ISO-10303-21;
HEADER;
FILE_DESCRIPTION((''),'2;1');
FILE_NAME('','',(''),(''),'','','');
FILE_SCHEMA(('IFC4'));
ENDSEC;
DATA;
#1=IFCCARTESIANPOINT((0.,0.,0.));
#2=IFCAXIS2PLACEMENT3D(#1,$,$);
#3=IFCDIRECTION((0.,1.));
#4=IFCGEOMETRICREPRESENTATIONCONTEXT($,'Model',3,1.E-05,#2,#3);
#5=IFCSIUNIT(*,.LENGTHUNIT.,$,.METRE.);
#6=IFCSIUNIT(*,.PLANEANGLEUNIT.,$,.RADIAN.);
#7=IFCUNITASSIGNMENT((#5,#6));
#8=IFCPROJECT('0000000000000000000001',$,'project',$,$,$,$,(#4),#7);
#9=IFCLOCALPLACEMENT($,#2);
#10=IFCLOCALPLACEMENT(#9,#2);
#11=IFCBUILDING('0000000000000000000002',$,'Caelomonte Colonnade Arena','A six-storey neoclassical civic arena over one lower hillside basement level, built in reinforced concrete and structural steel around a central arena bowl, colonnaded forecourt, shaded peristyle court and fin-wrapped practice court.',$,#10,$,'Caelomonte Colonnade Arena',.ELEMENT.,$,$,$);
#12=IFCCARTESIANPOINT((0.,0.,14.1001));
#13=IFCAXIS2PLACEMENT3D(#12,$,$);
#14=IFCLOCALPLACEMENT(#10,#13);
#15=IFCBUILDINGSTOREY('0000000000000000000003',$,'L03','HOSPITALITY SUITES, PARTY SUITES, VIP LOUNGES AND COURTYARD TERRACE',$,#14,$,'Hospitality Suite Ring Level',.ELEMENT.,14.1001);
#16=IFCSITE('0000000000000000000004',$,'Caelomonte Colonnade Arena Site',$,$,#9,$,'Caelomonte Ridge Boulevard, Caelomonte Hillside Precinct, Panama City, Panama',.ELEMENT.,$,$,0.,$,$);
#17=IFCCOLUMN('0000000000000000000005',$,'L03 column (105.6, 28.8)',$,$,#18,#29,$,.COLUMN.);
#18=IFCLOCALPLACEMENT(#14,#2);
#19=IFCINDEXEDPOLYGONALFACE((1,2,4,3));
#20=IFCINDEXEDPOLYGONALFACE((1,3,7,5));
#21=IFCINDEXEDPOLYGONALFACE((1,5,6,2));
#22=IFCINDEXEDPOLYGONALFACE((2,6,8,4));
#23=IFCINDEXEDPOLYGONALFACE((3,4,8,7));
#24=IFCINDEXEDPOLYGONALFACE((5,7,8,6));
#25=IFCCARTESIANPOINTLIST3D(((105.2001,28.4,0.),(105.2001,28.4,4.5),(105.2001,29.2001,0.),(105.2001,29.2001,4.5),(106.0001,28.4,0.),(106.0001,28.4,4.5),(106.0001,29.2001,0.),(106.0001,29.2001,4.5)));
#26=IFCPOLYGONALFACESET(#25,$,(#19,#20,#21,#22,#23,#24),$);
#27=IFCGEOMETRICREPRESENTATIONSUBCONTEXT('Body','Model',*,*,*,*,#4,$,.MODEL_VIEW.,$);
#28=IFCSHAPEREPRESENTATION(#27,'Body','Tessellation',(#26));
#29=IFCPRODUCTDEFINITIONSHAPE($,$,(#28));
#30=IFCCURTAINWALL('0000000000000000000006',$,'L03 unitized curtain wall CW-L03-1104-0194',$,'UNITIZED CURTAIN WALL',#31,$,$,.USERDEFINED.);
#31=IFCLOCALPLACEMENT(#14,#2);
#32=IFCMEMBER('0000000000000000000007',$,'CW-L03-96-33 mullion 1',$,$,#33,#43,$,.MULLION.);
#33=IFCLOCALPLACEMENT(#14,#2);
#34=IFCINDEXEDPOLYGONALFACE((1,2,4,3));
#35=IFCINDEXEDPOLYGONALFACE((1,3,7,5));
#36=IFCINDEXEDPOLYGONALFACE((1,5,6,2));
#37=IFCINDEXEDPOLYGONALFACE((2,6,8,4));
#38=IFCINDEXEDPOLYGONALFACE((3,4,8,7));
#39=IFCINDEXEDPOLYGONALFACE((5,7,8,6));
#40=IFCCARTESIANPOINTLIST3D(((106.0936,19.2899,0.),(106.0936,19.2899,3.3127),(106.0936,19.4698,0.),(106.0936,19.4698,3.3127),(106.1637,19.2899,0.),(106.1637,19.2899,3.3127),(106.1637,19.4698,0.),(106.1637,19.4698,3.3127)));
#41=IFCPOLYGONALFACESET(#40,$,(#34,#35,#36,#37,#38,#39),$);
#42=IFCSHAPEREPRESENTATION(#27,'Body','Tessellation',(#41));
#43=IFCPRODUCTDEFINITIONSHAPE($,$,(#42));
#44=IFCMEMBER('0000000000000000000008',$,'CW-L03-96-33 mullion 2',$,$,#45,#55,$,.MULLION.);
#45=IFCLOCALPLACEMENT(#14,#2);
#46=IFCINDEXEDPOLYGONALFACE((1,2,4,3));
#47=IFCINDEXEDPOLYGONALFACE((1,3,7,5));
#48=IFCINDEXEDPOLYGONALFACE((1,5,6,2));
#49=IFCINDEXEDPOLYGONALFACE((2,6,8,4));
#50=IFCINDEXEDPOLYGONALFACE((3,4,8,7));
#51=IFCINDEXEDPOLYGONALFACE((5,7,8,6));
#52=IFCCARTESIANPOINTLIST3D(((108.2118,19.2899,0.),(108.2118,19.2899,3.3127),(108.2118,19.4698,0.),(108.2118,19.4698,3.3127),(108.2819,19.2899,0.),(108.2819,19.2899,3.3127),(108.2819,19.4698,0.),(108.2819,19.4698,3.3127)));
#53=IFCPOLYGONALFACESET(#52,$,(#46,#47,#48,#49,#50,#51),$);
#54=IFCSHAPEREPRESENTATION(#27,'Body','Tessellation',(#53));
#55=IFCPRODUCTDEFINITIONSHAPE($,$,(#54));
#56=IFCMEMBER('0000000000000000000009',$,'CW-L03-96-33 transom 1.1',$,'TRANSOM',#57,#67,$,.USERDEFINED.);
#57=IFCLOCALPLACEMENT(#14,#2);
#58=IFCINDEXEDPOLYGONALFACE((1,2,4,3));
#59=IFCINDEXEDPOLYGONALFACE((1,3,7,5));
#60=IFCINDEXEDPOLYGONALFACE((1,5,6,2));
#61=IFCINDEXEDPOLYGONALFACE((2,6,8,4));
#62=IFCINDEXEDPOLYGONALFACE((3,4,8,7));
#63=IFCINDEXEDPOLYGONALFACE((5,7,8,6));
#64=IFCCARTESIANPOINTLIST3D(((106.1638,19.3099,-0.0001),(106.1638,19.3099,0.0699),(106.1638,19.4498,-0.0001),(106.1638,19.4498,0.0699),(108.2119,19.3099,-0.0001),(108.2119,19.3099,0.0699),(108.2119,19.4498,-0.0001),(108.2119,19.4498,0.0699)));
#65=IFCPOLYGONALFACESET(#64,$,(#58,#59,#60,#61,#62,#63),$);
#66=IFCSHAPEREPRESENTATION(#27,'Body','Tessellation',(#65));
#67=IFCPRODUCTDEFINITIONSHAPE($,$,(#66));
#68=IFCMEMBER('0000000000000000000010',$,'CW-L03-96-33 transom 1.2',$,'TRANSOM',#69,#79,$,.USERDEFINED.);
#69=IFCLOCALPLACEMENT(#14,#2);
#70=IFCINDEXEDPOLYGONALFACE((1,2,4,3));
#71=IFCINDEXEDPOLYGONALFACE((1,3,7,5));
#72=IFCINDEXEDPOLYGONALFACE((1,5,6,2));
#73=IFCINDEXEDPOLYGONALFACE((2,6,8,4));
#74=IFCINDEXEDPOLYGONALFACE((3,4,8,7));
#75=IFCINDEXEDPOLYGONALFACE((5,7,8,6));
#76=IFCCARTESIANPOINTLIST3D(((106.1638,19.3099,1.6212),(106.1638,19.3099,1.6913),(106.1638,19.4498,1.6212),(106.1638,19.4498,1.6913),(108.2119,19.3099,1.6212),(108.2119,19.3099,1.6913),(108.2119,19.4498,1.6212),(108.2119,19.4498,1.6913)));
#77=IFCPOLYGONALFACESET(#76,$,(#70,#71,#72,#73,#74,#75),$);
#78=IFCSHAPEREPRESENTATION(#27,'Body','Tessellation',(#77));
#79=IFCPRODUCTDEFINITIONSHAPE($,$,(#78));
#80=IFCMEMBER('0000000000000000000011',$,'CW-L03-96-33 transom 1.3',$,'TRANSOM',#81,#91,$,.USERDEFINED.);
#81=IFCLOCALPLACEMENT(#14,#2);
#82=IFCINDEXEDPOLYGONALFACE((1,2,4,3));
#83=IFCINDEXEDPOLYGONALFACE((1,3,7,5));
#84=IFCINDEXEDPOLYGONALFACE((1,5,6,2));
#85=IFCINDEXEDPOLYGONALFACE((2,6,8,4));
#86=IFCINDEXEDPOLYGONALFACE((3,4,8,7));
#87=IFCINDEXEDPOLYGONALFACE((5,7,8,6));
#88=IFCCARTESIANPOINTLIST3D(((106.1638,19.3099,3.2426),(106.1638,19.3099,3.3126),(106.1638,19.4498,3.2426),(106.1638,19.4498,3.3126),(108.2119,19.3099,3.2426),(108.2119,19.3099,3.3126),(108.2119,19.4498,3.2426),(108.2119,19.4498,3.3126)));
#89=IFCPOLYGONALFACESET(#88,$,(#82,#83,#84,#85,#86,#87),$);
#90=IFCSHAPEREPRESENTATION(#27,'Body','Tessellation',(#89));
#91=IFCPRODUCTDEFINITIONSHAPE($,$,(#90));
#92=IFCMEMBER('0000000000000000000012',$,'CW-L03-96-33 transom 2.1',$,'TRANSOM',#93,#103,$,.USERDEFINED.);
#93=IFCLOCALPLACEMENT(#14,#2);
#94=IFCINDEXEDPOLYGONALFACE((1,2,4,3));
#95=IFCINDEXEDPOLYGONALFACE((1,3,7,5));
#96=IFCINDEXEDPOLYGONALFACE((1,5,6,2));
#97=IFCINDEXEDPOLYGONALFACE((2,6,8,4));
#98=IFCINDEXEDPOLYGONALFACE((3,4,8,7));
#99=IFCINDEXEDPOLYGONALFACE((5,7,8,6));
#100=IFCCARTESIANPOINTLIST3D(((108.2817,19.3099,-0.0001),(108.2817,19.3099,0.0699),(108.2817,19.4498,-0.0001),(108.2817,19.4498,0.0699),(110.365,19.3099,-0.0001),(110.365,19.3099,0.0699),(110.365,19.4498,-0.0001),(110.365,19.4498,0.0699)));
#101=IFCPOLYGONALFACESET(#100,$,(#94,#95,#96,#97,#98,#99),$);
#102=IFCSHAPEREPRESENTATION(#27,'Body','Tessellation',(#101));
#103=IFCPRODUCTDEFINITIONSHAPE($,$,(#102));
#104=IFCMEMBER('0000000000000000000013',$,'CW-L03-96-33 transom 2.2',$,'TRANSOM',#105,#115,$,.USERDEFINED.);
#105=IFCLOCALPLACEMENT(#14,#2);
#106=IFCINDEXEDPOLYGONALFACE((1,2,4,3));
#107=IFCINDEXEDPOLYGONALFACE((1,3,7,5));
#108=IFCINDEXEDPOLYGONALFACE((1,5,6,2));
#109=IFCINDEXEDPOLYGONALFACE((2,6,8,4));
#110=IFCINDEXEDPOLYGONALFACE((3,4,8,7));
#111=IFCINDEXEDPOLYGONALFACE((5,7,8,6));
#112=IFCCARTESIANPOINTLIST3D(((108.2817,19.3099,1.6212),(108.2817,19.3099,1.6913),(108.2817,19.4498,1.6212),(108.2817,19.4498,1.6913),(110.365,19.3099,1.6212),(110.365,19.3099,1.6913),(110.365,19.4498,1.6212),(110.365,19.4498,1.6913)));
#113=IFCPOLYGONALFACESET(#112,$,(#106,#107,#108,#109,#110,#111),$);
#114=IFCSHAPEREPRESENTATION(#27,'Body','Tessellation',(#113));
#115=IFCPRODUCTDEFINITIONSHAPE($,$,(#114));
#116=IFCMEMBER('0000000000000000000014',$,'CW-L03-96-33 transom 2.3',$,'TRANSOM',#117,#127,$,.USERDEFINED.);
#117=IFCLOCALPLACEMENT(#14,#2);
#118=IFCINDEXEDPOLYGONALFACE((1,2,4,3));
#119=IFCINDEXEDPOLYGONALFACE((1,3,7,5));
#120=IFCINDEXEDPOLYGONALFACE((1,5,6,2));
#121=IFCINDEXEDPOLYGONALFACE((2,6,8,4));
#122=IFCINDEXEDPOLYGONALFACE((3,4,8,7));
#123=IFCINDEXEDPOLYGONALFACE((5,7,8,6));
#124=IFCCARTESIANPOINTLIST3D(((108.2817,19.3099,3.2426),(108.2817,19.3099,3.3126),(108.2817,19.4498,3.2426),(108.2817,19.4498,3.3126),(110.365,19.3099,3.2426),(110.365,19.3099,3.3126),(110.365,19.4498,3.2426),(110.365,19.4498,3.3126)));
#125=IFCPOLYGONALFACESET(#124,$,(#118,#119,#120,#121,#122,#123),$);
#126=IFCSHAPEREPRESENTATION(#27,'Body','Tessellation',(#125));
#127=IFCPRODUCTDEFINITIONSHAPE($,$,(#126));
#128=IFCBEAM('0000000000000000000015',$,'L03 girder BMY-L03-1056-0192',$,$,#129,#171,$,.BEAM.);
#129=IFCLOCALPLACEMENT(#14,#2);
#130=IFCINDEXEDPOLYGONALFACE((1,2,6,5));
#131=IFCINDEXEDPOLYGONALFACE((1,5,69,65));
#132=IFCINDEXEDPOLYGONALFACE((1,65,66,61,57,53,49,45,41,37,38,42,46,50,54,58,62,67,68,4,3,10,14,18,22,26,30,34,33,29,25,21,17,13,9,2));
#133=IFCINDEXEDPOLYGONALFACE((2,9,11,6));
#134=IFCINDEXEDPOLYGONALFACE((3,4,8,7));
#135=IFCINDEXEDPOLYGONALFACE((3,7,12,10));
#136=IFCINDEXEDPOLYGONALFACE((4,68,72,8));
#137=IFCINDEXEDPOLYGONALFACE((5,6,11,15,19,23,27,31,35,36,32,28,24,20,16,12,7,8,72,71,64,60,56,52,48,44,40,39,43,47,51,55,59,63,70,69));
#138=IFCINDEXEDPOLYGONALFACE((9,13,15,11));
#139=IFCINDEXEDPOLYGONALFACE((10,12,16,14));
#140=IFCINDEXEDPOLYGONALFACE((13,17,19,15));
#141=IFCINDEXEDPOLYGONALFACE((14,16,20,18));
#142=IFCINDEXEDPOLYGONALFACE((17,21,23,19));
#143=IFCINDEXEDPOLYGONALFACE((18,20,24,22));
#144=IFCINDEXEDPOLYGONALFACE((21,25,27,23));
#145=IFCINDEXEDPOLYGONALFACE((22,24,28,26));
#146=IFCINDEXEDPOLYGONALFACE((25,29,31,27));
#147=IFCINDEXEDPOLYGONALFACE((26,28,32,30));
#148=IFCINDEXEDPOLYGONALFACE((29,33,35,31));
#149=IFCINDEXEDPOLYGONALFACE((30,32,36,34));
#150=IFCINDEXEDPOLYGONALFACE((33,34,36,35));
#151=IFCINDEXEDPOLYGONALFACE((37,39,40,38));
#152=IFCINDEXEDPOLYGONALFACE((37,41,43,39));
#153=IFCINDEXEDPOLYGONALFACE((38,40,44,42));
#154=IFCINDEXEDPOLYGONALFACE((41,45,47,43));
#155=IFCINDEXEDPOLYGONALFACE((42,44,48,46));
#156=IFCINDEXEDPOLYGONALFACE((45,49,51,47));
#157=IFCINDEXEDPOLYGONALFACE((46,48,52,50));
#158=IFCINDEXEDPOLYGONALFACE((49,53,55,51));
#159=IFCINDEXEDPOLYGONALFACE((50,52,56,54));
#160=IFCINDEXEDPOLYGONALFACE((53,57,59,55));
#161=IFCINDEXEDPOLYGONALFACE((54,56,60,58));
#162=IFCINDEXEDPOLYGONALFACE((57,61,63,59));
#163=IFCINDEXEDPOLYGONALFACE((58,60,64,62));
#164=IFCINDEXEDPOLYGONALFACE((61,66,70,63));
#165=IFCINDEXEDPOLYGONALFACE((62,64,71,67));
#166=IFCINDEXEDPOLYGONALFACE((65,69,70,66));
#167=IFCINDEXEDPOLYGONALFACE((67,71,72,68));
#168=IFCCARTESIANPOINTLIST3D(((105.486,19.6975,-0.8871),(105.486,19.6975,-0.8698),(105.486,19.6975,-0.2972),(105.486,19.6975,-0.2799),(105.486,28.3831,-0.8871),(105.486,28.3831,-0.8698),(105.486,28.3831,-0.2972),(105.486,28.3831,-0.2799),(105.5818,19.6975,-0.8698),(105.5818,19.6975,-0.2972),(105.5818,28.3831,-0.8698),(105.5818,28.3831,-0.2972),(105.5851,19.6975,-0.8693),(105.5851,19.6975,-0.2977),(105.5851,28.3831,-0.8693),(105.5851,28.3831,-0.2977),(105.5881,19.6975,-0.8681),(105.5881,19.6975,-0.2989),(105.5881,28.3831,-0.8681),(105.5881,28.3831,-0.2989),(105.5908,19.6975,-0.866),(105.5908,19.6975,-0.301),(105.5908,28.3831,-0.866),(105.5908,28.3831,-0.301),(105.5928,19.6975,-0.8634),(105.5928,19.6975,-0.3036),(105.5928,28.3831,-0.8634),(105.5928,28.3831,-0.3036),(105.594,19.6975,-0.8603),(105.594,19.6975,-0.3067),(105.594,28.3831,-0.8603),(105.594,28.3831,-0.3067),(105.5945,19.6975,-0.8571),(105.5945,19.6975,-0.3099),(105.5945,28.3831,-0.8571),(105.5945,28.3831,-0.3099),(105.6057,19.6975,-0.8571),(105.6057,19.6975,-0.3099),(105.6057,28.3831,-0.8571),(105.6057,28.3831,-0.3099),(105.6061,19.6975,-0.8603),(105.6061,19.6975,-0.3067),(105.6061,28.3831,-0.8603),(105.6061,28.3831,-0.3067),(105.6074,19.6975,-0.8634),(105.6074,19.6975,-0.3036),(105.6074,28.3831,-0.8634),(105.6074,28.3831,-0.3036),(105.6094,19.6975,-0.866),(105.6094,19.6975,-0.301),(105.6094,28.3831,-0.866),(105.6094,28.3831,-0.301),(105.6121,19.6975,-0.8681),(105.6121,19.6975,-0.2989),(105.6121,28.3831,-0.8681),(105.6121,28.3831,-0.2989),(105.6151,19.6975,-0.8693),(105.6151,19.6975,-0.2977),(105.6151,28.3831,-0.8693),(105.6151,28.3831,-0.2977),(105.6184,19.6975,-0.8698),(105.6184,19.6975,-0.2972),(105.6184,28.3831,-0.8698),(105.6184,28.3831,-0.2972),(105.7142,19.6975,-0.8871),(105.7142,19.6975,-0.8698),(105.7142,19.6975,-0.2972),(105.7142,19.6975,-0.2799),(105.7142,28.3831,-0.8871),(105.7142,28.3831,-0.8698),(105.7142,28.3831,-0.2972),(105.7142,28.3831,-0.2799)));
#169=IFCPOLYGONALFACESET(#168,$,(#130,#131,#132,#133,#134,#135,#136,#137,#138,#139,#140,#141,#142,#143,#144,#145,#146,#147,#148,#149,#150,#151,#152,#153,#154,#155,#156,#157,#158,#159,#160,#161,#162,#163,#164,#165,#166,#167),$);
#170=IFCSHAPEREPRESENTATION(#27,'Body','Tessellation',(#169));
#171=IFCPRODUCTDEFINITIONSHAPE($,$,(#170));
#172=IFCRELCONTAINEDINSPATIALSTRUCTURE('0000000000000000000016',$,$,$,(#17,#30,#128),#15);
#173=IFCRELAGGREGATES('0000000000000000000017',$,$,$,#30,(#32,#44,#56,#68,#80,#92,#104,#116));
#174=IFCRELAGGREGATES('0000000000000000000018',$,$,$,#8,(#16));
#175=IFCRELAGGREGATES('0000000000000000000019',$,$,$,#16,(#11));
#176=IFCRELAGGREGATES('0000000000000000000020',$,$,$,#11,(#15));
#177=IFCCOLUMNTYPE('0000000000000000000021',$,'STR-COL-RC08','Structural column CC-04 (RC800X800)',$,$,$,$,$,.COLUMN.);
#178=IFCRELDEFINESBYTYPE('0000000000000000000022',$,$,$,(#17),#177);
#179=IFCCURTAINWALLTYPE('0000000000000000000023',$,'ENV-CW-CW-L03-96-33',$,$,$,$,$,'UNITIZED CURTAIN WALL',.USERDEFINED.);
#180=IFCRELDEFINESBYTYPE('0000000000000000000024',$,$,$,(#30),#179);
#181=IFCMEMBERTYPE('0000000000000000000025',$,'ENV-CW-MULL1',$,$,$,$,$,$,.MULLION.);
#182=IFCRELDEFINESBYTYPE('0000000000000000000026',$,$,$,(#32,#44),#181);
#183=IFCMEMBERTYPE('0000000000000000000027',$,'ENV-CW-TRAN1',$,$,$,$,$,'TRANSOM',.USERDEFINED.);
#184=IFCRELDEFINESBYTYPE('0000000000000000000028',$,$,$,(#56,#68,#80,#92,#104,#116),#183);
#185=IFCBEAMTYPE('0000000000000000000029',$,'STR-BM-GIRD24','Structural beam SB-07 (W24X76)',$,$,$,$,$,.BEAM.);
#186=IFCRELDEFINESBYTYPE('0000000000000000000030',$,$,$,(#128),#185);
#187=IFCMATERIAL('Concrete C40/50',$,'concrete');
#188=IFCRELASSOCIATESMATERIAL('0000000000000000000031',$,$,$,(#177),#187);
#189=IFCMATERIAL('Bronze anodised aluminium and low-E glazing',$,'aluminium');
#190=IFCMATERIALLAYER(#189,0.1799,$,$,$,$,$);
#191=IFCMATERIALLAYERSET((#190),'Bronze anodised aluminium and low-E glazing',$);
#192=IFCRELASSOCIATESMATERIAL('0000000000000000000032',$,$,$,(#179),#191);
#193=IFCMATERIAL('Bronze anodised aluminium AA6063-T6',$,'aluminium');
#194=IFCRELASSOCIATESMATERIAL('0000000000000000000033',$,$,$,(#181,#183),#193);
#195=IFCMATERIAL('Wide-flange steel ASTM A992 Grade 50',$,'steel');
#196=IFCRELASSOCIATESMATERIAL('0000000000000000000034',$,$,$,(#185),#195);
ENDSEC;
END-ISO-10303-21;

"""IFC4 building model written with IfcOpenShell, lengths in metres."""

from ifc_helpers import new_model, si_unit, direction, frame, origin, origin_2d, place, context, subcontext, project, spatial, rectangle, i_section, extrude, material, layer, layer_set, material_profile, profile_set, type_object, element, aggregate, save


model = new_model("IFC4")

# Units and contexts
model_context = context("Model", 3, precision=1e-05, world=origin(), true_north=direction((0.0, 1.0)))
body_context = subcontext(model_context, "Body", "Model", "MODEL_VIEW")
ifc_project = project(units=[si_unit("LENGTHUNIT", "METRE"), si_unit("PLANEANGLEUNIT", "RADIAN")], contexts=[model_context])

# Site, building, storey
site_placement = place(None, origin())
site = spatial("IfcSite", under=ifc_project, at=site_placement, Name="Caelomonte Colonnade Arena Site", LongName="Caelomonte Ridge Boulevard, Caelomonte Hillside Precinct, Panama City, Panama", CompositionType="ELEMENT", RefElevation=0.0)
building_placement = place(site_placement, origin())
building = spatial("IfcBuilding", under=site, at=building_placement, Name="Caelomonte Colonnade Arena", Description="A six-storey neoclassical civic arena over one lower hillside basement level, built in reinforced concrete and structural steel around a central arena bowl, colonnaded forecourt, shaded peristyle court and fin-wrapped practice court.", LongName="Caelomonte Colonnade Arena", CompositionType="ELEMENT")
storey_placement = place(building_placement, frame((0.0, 0.0, 14.1001)))
storey = spatial("IfcBuildingStorey", under=building, at=storey_placement, Name="L03", Description="HOSPITALITY SUITES, PARTY SUITES, VIP LOUNGES AND COURTYARD TERRACE", LongName="Hospitality Suite Ring Level", CompositionType="ELEMENT", Elevation=14.1001)

# Column
ifc_material_1 = material(Name="Concrete C40/50", Category="concrete")
ifc_material_profile_1 = material_profile(ifc_material_1, rectangle(XDim=0.8, YDim=0.8, at=origin_2d()), Name="RC800X800")
ifc_profile_set_1 = profile_set([ifc_material_profile_1], Name="Concrete C40/50")
column_type = type_object("IfcColumnType", Name="STR-COL-RC08", Description="Structural column CC-04 (RC800X800)", PredefinedType="COLUMN", material=ifc_profile_set_1)
column_placement = place(storey_placement, frame((105.6001, 28.8, 0.0), z_axis=(0.0, 0.0, 1.0), x_axis=(1.0, 0.0, 0.0)))
element("IfcColumn", 1, at=column_placement, inside=storey, type_object=column_type, Name="L03 column (105.6, 28.8)", PredefinedType="COLUMN", context=body_context, shape_type="SweptSolid", body=[
    extrude(rectangle(XDim=0.8, YDim=0.8, at=origin_2d()), origin(), (0.0, 0.0, 1.0), 4.5),
])

# Curtain wall, members
ifc_material_2 = material(Name="Bronze anodised aluminium and low-E glazing", Category="aluminium")
ifc_layer_1 = layer(ifc_material_2, 0.1799)
ifc_layer_set_1 = layer_set([ifc_layer_1], Name="Bronze anodised aluminium and low-E glazing")
curtain_wall_type = type_object("IfcCurtainWallType", Name="ENV-CW-CW-L03-96-33", ElementType="UNITIZED CURTAIN WALL", PredefinedType="USERDEFINED", material=ifc_layer_set_1)
curtain_wall_placement = place(storey_placement, origin())
curtain_wall = element("IfcCurtainWall", 2, at=curtain_wall_placement, inside=storey, type_object=curtain_wall_type, Name="L03 unitized curtain wall CW-L03-1104-0194", ObjectType="UNITIZED CURTAIN WALL", PredefinedType="USERDEFINED")
ifc_material_3 = material(Name="Bronze anodised aluminium AA6063-T6", Category="aluminium")
ifc_material_profile_2 = material_profile(ifc_material_3, rectangle(XDim=0.0701, YDim=0.1799, at=origin_2d()), Name="CWM-70X180")
ifc_profile_set_2 = profile_set([ifc_material_profile_2], Name="Bronze anodised aluminium AA6063-T6")
member_type_1 = type_object("IfcMemberType", Name="ENV-CW-MULL1", PredefinedType="MULLION", material=ifc_profile_set_2)
member_1_placement = place(storey_placement, frame((106.1287, 19.3799, 0.0), z_axis=(0.0, 0.0, 1.0), x_axis=(1.0, 0.0, 0.0)))
member_1 = element("IfcMember", 3, at=member_1_placement, type_object=member_type_1, Name="CW-L03-96-33 mullion 1", PredefinedType="MULLION", context=body_context, shape_type="SweptSolid", body=[
    extrude(rectangle(XDim=0.0701, YDim=0.1799, at=origin_2d()), origin(), (0.0, 0.0, 1.0), 3.3127),
])
member_2_placement = place(storey_placement, frame((108.2468, 19.3799, 0.0), z_axis=(0.0, 0.0, 1.0), x_axis=(1.0, 0.0, 0.0)))
member_2 = element("IfcMember", 4, at=member_2_placement, type_object=member_type_1, Name="CW-L03-96-33 mullion 2", PredefinedType="MULLION", context=body_context, shape_type="SweptSolid", body=[
    extrude(rectangle(XDim=0.0701, YDim=0.1799, at=origin_2d()), origin(), (0.0, 0.0, 1.0), 3.3127),
])
ifc_material_profile_3 = material_profile(ifc_material_3, rectangle(XDim=0.0701, YDim=0.1399, at=origin_2d()), Name="CWT-70X140")
ifc_profile_set_3 = profile_set([ifc_material_profile_3], Name="Bronze anodised aluminium AA6063-T6")
member_type_2 = type_object("IfcMemberType", Name="ENV-CW-TRAN1", ElementType="TRANSOM", PredefinedType="USERDEFINED", material=ifc_profile_set_3)
member_3_placement = place(storey_placement, frame((106.1638, 19.3799, 0.0349), z_axis=(1.0, 0.0, 0.0), x_axis=(0.0, 0.0, 1.0)))
member_3 = element("IfcMember", 5, at=member_3_placement, type_object=member_type_2, Name="CW-L03-96-33 transom 1.1", ObjectType="TRANSOM", PredefinedType="USERDEFINED", context=body_context, shape_type="SweptSolid", body=[
    extrude(rectangle(XDim=0.0701, YDim=0.1399, at=origin_2d()), origin(), (0.0, 0.0, 1.0), 2.0481),
])
member_4_placement = place(storey_placement, frame((106.1638, 19.3799, 1.6562), z_axis=(1.0, 0.0, 0.0), x_axis=(0.0, 0.0, 1.0)))
member_4 = element("IfcMember", 6, at=member_4_placement, type_object=member_type_2, Name="CW-L03-96-33 transom 1.2", ObjectType="TRANSOM", PredefinedType="USERDEFINED", context=body_context, shape_type="SweptSolid", body=[
    extrude(rectangle(XDim=0.0701, YDim=0.1399, at=origin_2d()), origin(), (0.0, 0.0, 1.0), 2.0481),
])
member_5_placement = place(storey_placement, frame((106.1638, 19.3799, 3.2776), z_axis=(1.0, 0.0, 0.0), x_axis=(0.0, 0.0, 1.0)))
member_5 = element("IfcMember", 7, at=member_5_placement, type_object=member_type_2, Name="CW-L03-96-33 transom 1.3", ObjectType="TRANSOM", PredefinedType="USERDEFINED", context=body_context, shape_type="SweptSolid", body=[
    extrude(rectangle(XDim=0.0701, YDim=0.1399, at=origin_2d()), origin(), (0.0, 0.0, 1.0), 2.0481),
])
member_6_placement = place(storey_placement, frame((108.2817, 19.3799, 0.0349), z_axis=(1.0, 0.0, 0.0), x_axis=(0.0, 0.0, 1.0)))
member_6 = element("IfcMember", 8, at=member_6_placement, type_object=member_type_2, Name="CW-L03-96-33 transom 2.1", ObjectType="TRANSOM", PredefinedType="USERDEFINED", context=body_context, shape_type="SweptSolid", body=[
    extrude(rectangle(XDim=0.0701, YDim=0.1399, at=origin_2d()), origin(), (0.0, 0.0, 1.0), 2.0833),
])
member_7_placement = place(storey_placement, frame((108.2817, 19.3799, 1.6562), z_axis=(1.0, 0.0, 0.0), x_axis=(0.0, 0.0, 1.0)))
member_7 = element("IfcMember", 9, at=member_7_placement, type_object=member_type_2, Name="CW-L03-96-33 transom 2.2", ObjectType="TRANSOM", PredefinedType="USERDEFINED", context=body_context, shape_type="SweptSolid", body=[
    extrude(rectangle(XDim=0.0701, YDim=0.1399, at=origin_2d()), origin(), (0.0, 0.0, 1.0), 2.0833),
])
member_8_placement = place(storey_placement, frame((108.2817, 19.3799, 3.2776), z_axis=(1.0, 0.0, 0.0), x_axis=(0.0, 0.0, 1.0)))
member_8 = element("IfcMember", 10, at=member_8_placement, type_object=member_type_2, Name="CW-L03-96-33 transom 2.3", ObjectType="TRANSOM", PredefinedType="USERDEFINED", context=body_context, shape_type="SweptSolid", body=[
    extrude(rectangle(XDim=0.0701, YDim=0.1399, at=origin_2d()), origin(), (0.0, 0.0, 1.0), 2.0833),
])

# Beam
ifc_material_4 = material(Name="Wide-flange steel ASTM A992 Grade 50", Category="steel")
ifc_material_profile_4 = material_profile(ifc_material_4, i_section(OverallWidth=0.2283, OverallDepth=0.6072, WebThickness=0.0112, FlangeThickness=0.0173, FilletRadius=0.0127, at=origin_2d()), Name="W24X76")
ifc_profile_set_4 = profile_set([ifc_material_profile_4], Name="Wide-flange steel ASTM A992 Grade 50")
beam_type_1 = type_object("IfcBeamType", Name="STR-BM-GIRD24", Description="Structural beam SB-07 (W24X76)", PredefinedType="BEAM", material=ifc_profile_set_4)
beam_1_placement = place(storey_placement, frame((105.6001, 19.6975, -0.5835), z_axis=(0.0, 1.0, 0.0), x_axis=(-1.0, 0.0, 0.0)))
element("IfcBeam", 11, at=beam_1_placement, inside=storey, type_object=beam_type_1, Name="L03 girder BMY-L03-1056-0192", PredefinedType="BEAM", context=body_context, shape_type="SweptSolid", body=[
    extrude(i_section(OverallWidth=0.2283, OverallDepth=0.6072, WebThickness=0.0112, FlangeThickness=0.0173, FilletRadius=0.0127, at=origin_2d()), origin(), (0.0, 0.0, 1.0), 8.6855),
])

aggregate(curtain_wall, [member_1, member_2, member_3, member_4, member_5, member_6, member_7, member_8])

save(model, "model.ifc")
